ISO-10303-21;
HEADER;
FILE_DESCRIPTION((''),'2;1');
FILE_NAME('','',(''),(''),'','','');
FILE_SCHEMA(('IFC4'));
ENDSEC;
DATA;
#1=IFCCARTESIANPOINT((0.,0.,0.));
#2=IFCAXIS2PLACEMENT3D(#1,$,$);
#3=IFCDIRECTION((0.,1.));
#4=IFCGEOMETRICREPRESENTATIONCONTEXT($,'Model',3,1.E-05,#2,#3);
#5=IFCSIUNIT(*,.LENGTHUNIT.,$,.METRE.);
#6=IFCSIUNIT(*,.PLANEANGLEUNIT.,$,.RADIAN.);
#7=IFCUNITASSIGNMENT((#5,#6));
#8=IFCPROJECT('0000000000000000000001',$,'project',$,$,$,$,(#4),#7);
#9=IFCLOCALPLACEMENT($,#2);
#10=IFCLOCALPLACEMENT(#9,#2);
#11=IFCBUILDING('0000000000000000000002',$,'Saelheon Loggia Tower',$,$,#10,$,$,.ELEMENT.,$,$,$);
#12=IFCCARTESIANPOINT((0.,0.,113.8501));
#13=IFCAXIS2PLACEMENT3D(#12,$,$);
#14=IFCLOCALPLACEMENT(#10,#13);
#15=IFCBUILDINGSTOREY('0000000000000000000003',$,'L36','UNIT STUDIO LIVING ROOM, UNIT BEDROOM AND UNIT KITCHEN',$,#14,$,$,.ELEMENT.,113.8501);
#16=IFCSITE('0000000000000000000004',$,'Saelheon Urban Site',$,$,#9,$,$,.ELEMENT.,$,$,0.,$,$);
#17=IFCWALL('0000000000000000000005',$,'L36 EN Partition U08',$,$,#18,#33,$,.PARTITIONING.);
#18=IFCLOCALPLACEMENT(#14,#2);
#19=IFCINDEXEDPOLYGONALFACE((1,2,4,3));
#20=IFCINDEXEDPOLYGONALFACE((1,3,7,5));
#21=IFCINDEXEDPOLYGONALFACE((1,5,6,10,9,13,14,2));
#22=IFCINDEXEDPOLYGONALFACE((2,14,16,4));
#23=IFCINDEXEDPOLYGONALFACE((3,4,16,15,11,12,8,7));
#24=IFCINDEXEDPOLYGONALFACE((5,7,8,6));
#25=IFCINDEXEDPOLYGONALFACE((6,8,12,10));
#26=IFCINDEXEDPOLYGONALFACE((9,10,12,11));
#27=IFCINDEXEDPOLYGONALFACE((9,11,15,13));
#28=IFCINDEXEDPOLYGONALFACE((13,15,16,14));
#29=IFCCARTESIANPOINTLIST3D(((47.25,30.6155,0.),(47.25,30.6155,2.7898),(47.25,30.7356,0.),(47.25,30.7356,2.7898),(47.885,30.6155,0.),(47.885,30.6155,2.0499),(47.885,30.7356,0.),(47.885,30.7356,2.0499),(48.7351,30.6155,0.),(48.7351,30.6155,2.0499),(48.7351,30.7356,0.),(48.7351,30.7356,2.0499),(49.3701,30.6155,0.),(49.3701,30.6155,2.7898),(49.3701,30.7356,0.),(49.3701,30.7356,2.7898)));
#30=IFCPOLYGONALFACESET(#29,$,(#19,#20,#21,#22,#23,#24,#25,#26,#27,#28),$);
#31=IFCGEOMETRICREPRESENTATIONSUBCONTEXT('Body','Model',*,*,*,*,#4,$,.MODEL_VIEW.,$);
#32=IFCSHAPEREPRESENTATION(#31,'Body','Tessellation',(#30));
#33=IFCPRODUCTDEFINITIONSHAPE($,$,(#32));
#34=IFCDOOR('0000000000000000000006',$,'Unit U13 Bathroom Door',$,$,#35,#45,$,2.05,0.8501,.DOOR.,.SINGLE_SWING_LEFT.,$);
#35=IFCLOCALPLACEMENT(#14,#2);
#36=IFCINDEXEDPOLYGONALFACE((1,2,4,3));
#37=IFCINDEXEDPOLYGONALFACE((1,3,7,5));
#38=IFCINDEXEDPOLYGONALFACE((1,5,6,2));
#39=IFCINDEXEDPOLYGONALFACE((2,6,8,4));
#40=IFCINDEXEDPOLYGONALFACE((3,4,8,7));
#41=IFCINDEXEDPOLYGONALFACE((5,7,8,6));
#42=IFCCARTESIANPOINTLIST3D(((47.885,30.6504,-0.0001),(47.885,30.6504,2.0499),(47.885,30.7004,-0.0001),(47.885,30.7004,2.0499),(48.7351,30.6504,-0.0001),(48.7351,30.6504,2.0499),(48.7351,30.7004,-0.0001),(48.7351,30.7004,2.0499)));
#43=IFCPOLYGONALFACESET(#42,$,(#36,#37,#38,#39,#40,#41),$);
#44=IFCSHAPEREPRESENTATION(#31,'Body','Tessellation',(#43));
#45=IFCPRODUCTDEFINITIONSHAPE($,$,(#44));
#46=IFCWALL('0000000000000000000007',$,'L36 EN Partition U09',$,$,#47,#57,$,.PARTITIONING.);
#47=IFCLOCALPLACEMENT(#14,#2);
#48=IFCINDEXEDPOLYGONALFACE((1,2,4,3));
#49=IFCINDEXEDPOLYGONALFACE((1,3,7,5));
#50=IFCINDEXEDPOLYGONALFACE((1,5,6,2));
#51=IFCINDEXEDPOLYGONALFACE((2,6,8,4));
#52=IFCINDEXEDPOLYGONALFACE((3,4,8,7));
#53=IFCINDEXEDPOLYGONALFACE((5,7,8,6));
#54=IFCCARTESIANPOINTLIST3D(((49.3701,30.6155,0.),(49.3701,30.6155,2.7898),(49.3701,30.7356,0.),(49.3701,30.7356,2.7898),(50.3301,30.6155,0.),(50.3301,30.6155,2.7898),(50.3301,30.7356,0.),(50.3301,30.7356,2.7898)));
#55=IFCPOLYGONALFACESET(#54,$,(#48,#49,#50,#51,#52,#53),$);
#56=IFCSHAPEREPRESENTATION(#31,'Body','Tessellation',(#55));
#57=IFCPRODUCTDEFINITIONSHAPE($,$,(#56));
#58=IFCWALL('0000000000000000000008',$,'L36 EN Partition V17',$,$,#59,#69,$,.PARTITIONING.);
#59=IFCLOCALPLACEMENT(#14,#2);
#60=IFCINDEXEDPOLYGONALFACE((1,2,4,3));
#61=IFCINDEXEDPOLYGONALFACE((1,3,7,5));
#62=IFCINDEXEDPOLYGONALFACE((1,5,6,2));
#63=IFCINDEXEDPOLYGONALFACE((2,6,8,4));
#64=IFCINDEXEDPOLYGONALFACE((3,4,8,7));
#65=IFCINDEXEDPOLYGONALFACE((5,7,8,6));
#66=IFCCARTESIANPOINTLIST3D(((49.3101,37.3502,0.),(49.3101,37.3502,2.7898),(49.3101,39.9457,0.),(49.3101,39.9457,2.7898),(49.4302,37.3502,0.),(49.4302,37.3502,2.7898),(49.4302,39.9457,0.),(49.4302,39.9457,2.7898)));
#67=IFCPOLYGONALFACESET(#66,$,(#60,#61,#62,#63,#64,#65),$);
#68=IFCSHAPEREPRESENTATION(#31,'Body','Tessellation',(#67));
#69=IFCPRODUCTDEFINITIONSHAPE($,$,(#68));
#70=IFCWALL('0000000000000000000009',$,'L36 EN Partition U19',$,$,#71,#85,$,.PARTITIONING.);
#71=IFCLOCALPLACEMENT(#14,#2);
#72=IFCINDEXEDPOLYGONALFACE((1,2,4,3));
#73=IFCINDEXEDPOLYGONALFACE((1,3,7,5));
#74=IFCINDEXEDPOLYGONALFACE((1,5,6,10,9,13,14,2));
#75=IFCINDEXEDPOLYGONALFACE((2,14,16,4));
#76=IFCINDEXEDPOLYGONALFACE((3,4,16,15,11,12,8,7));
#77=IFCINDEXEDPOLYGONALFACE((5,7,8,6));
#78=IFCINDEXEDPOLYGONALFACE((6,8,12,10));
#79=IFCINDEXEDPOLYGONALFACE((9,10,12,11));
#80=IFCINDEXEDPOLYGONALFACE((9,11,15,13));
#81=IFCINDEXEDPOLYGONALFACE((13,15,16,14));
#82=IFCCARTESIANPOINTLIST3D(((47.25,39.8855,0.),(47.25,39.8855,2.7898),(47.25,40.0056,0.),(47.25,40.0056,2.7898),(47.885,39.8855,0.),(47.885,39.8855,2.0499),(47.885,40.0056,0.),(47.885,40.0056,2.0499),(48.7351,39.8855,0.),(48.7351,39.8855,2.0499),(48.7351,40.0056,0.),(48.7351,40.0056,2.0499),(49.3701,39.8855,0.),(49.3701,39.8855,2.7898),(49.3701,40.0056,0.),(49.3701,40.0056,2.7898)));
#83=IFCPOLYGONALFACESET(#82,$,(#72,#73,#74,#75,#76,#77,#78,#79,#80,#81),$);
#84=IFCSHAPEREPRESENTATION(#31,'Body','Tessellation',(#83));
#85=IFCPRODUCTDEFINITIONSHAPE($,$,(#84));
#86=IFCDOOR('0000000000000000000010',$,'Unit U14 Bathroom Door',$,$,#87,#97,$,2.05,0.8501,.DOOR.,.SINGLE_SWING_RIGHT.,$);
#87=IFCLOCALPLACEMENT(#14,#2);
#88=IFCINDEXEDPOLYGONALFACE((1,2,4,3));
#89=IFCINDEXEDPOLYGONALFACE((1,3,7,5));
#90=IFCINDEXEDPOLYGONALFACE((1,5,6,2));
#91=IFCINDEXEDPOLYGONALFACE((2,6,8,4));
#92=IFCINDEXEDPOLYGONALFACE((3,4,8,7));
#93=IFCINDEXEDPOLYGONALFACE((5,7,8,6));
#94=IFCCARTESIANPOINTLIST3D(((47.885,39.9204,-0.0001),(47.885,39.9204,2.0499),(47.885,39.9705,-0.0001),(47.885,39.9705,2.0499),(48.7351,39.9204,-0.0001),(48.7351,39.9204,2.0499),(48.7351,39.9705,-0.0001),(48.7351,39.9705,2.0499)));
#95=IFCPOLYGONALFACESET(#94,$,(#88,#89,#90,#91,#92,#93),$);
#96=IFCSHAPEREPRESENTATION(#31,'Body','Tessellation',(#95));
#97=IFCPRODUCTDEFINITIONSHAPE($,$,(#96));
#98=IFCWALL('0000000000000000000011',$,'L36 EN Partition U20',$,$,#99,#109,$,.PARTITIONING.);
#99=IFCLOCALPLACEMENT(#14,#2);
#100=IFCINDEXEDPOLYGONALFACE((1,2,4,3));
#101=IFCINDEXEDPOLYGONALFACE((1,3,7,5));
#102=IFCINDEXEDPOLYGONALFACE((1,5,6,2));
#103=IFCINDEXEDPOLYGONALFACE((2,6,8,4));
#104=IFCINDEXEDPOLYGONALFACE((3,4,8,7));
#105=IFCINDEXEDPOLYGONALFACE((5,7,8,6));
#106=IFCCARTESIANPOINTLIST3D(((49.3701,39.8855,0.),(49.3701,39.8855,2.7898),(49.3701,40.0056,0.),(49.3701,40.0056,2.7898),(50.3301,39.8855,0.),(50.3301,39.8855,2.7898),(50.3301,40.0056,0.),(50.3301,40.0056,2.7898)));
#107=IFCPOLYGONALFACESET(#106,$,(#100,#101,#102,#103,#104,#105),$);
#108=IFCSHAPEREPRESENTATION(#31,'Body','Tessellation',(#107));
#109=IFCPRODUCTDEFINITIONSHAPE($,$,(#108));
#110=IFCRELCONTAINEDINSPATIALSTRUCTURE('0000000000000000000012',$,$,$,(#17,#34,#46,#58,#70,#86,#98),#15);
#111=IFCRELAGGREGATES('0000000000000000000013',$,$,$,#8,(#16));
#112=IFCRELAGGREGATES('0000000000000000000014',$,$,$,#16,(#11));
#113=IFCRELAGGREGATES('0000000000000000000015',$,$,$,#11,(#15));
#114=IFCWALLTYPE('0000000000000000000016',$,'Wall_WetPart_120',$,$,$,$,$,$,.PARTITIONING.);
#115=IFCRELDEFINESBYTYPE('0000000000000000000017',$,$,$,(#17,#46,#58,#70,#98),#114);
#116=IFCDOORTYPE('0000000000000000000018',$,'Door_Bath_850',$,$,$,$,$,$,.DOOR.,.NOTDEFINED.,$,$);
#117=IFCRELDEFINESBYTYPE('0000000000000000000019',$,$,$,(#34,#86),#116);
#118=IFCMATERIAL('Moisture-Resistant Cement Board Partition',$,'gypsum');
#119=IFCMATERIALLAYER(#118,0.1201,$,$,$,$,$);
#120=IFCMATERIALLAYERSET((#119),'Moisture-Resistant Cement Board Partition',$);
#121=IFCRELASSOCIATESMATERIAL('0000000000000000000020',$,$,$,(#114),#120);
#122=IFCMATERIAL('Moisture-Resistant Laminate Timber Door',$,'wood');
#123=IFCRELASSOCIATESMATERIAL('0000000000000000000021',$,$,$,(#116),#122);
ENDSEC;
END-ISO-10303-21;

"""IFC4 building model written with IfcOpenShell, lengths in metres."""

from ifc_helpers import new_model, si_unit, direction, frame, frame_2d, origin, place, context, subcontext, project, spatial, rectangle, extrude, source, transform, mapped, material, layer, layer_set, type_object, element, fill, save


model = new_model("IFC4")

# Units and contexts
model_context = context("Model", 3, precision=1e-05, world=origin(), true_north=direction((0.0, 1.0)))
body_context = subcontext(model_context, "Body", "Model", "MODEL_VIEW")
ifc_project = project(units=[si_unit("LENGTHUNIT", "METRE"), si_unit("PLANEANGLEUNIT", "RADIAN")], contexts=[model_context])

# Site, building, storey
site_placement = place(None, origin())
site = spatial("IfcSite", under=ifc_project, at=site_placement, Name="Saelheon Urban Site", CompositionType="ELEMENT", RefElevation=0.0)
building_placement = place(site_placement, origin())
building = spatial("IfcBuilding", under=site, at=building_placement, Name="Saelheon Loggia Tower", CompositionType="ELEMENT")
storey_placement = place(building_placement, frame((0.0, 0.0, 113.8501)))
storey = spatial("IfcBuildingStorey", under=building, at=storey_placement, Name="L36", Description="UNIT STUDIO LIVING ROOM, UNIT BEDROOM AND UNIT KITCHEN", CompositionType="ELEMENT", Elevation=113.8501)

# Wall, opening, door
ifc_material_1 = material(Name="Moisture-Resistant Cement Board Partition", Category="gypsum")
ifc_layer_1 = layer(ifc_material_1, 0.1201)
ifc_layer_set_1 = layer_set([ifc_layer_1], Name="Moisture-Resistant Cement Board Partition")
wall_type_1 = type_object("IfcWallType", Name="Wall_WetPart_120", PredefinedType="PARTITIONING", material=ifc_layer_set_1)
wall_1_placement = place(storey_placement, frame((47.25, 30.6755, 0.0), z_axis=(0.0, 0.0, 1.0), x_axis=(1.0, 0.0, 0.0)))
wall_1 = element("IfcWall", 1, at=wall_1_placement, inside=storey, type_object=wall_type_1, Name="L36 EN Partition U08", PredefinedType="PARTITIONING", context=body_context, shape_type="SweptSolid", body=[
    extrude(rectangle(XDim=2.1201, YDim=0.1201, at=frame_2d((1.0601, 0.0))), origin(), (0.0, 0.0, 1.0), 2.7898),
])
opening_1_placement = place(wall_1_placement, frame((0.635, 0.0, 0.0)))
opening_1 = element("IfcOpeningElement", 2, at=opening_1_placement, cuts=wall_1, PredefinedType="OPENING", context=body_context, shape_type="SweptSolid", body=[
    extrude(rectangle(XDim=0.8501, YDim=2.05, at=frame_2d((0.425, 1.0249))), frame((0.0, 0.072, 0.0), z_axis=(0.0, -1.0, 0.0), x_axis=(1.0, 0.0, 0.0)), (0.0, 0.0, 1.0), 0.144),
])
ifc_material_2 = material(Name="Moisture-Resistant Laminate Timber Door", Category="wood")
door_type_1 = type_object("IfcDoorType", Name="Door_Bath_850", OperationType="NOTDEFINED", PredefinedType="DOOR", material=ifc_material_2)
shared_shape_1 = source(origin(), body_context, "Body", "SweptSolid", [
    extrude(rectangle(XDim=0.8501, YDim=2.05, at=frame_2d((0.425, 1.0249))), frame((0.0, 0.0249, 0.0), z_axis=(0.0, -1.0, 0.0), x_axis=(1.0, 0.0, 0.0)), (0.0, 0.0, 1.0), 0.05),
])
door_1_placement = place(opening_1_placement, origin())
door_1 = element("IfcDoor", 3, at=door_1_placement, inside=storey, type_object=door_type_1, Name="Unit U13 Bathroom Door", OperationType="SINGLE_SWING_LEFT", OverallHeight=2.05, OverallWidth=0.8501, PredefinedType="DOOR", context=body_context, shape_type="MappedRepresentation", body=[
    mapped(shared_shape_1, transform((0.0, 0.0, 0.0), scale=1.0)),
])
fill(opening_1, door_1)

# Walls
wall_2_placement = place(storey_placement, frame((49.3701, 30.6755, 0.0), z_axis=(0.0, 0.0, 1.0), x_axis=(1.0, 0.0, 0.0)))
element("IfcWall", 4, at=wall_2_placement, inside=storey, type_object=wall_type_1, Name="L36 EN Partition U09", PredefinedType="PARTITIONING", context=body_context, shape_type="SweptSolid", body=[
    extrude(rectangle(XDim=0.96, YDim=0.1201, at=frame_2d((0.48, 0.0))), origin(), (0.0, 0.0, 1.0), 2.7898),
])
wall_3_placement = place(storey_placement, frame((49.3701, 37.3501, 0.0), z_axis=(0.0, 0.0, 1.0), x_axis=(0.0, 1.0, 0.0)))
element("IfcWall", 5, at=wall_3_placement, inside=storey, type_object=wall_type_1, Name="L36 EN Partition V17", PredefinedType="PARTITIONING", context=body_context, shape_type="SweptSolid", body=[
    extrude(rectangle(XDim=2.5955, YDim=0.1201, at=frame_2d((1.2979, 0.0))), origin(), (0.0, 0.0, 1.0), 2.7898),
])

# Wall, opening, door
wall_4_placement = place(storey_placement, frame((47.25, 39.9456, 0.0), z_axis=(0.0, 0.0, 1.0), x_axis=(1.0, 0.0, 0.0)))
wall_4 = element("IfcWall", 6, at=wall_4_placement, inside=storey, type_object=wall_type_1, Name="L36 EN Partition U19", PredefinedType="PARTITIONING", context=body_context, shape_type="SweptSolid", body=[
    extrude(rectangle(XDim=2.1201, YDim=0.1201, at=frame_2d((1.0601, 0.0))), origin(), (0.0, 0.0, 1.0), 2.7898),
])
opening_2_placement = place(wall_4_placement, frame((0.635, 0.0, 0.0)))
opening_2 = element("IfcOpeningElement", 7, at=opening_2_placement, cuts=wall_4, PredefinedType="OPENING", context=body_context, shape_type="SweptSolid", body=[
    extrude(rectangle(XDim=0.8501, YDim=2.05, at=frame_2d((0.425, 1.0249))), frame((0.0, 0.072, 0.0), z_axis=(0.0, -1.0, 0.0), x_axis=(1.0, 0.0, 0.0)), (0.0, 0.0, 1.0), 0.144),
])
door_2_placement = place(opening_2_placement, origin())
door_2 = element("IfcDoor", 8, at=door_2_placement, inside=storey, type_object=door_type_1, Name="Unit U14 Bathroom Door", OperationType="SINGLE_SWING_RIGHT", OverallHeight=2.05, OverallWidth=0.8501, PredefinedType="DOOR", context=body_context, shape_type="MappedRepresentation", body=[
    mapped(shared_shape_1, transform((0.0, 0.0, 0.0), scale=1.0)),
])
fill(opening_2, door_2)

# Wall
wall_5_placement = place(storey_placement, frame((49.3701, 39.9456, 0.0), z_axis=(0.0, 0.0, 1.0), x_axis=(1.0, 0.0, 0.0)))
element("IfcWall", 9, at=wall_5_placement, inside=storey, type_object=wall_type_1, Name="L36 EN Partition U20", PredefinedType="PARTITIONING", context=body_context, shape_type="SweptSolid", body=[
    extrude(rectangle(XDim=0.96, YDim=0.1201, at=frame_2d((0.48, 0.0))), origin(), (0.0, 0.0, 1.0), 2.7898),
])

save(model, "model.ifc")
